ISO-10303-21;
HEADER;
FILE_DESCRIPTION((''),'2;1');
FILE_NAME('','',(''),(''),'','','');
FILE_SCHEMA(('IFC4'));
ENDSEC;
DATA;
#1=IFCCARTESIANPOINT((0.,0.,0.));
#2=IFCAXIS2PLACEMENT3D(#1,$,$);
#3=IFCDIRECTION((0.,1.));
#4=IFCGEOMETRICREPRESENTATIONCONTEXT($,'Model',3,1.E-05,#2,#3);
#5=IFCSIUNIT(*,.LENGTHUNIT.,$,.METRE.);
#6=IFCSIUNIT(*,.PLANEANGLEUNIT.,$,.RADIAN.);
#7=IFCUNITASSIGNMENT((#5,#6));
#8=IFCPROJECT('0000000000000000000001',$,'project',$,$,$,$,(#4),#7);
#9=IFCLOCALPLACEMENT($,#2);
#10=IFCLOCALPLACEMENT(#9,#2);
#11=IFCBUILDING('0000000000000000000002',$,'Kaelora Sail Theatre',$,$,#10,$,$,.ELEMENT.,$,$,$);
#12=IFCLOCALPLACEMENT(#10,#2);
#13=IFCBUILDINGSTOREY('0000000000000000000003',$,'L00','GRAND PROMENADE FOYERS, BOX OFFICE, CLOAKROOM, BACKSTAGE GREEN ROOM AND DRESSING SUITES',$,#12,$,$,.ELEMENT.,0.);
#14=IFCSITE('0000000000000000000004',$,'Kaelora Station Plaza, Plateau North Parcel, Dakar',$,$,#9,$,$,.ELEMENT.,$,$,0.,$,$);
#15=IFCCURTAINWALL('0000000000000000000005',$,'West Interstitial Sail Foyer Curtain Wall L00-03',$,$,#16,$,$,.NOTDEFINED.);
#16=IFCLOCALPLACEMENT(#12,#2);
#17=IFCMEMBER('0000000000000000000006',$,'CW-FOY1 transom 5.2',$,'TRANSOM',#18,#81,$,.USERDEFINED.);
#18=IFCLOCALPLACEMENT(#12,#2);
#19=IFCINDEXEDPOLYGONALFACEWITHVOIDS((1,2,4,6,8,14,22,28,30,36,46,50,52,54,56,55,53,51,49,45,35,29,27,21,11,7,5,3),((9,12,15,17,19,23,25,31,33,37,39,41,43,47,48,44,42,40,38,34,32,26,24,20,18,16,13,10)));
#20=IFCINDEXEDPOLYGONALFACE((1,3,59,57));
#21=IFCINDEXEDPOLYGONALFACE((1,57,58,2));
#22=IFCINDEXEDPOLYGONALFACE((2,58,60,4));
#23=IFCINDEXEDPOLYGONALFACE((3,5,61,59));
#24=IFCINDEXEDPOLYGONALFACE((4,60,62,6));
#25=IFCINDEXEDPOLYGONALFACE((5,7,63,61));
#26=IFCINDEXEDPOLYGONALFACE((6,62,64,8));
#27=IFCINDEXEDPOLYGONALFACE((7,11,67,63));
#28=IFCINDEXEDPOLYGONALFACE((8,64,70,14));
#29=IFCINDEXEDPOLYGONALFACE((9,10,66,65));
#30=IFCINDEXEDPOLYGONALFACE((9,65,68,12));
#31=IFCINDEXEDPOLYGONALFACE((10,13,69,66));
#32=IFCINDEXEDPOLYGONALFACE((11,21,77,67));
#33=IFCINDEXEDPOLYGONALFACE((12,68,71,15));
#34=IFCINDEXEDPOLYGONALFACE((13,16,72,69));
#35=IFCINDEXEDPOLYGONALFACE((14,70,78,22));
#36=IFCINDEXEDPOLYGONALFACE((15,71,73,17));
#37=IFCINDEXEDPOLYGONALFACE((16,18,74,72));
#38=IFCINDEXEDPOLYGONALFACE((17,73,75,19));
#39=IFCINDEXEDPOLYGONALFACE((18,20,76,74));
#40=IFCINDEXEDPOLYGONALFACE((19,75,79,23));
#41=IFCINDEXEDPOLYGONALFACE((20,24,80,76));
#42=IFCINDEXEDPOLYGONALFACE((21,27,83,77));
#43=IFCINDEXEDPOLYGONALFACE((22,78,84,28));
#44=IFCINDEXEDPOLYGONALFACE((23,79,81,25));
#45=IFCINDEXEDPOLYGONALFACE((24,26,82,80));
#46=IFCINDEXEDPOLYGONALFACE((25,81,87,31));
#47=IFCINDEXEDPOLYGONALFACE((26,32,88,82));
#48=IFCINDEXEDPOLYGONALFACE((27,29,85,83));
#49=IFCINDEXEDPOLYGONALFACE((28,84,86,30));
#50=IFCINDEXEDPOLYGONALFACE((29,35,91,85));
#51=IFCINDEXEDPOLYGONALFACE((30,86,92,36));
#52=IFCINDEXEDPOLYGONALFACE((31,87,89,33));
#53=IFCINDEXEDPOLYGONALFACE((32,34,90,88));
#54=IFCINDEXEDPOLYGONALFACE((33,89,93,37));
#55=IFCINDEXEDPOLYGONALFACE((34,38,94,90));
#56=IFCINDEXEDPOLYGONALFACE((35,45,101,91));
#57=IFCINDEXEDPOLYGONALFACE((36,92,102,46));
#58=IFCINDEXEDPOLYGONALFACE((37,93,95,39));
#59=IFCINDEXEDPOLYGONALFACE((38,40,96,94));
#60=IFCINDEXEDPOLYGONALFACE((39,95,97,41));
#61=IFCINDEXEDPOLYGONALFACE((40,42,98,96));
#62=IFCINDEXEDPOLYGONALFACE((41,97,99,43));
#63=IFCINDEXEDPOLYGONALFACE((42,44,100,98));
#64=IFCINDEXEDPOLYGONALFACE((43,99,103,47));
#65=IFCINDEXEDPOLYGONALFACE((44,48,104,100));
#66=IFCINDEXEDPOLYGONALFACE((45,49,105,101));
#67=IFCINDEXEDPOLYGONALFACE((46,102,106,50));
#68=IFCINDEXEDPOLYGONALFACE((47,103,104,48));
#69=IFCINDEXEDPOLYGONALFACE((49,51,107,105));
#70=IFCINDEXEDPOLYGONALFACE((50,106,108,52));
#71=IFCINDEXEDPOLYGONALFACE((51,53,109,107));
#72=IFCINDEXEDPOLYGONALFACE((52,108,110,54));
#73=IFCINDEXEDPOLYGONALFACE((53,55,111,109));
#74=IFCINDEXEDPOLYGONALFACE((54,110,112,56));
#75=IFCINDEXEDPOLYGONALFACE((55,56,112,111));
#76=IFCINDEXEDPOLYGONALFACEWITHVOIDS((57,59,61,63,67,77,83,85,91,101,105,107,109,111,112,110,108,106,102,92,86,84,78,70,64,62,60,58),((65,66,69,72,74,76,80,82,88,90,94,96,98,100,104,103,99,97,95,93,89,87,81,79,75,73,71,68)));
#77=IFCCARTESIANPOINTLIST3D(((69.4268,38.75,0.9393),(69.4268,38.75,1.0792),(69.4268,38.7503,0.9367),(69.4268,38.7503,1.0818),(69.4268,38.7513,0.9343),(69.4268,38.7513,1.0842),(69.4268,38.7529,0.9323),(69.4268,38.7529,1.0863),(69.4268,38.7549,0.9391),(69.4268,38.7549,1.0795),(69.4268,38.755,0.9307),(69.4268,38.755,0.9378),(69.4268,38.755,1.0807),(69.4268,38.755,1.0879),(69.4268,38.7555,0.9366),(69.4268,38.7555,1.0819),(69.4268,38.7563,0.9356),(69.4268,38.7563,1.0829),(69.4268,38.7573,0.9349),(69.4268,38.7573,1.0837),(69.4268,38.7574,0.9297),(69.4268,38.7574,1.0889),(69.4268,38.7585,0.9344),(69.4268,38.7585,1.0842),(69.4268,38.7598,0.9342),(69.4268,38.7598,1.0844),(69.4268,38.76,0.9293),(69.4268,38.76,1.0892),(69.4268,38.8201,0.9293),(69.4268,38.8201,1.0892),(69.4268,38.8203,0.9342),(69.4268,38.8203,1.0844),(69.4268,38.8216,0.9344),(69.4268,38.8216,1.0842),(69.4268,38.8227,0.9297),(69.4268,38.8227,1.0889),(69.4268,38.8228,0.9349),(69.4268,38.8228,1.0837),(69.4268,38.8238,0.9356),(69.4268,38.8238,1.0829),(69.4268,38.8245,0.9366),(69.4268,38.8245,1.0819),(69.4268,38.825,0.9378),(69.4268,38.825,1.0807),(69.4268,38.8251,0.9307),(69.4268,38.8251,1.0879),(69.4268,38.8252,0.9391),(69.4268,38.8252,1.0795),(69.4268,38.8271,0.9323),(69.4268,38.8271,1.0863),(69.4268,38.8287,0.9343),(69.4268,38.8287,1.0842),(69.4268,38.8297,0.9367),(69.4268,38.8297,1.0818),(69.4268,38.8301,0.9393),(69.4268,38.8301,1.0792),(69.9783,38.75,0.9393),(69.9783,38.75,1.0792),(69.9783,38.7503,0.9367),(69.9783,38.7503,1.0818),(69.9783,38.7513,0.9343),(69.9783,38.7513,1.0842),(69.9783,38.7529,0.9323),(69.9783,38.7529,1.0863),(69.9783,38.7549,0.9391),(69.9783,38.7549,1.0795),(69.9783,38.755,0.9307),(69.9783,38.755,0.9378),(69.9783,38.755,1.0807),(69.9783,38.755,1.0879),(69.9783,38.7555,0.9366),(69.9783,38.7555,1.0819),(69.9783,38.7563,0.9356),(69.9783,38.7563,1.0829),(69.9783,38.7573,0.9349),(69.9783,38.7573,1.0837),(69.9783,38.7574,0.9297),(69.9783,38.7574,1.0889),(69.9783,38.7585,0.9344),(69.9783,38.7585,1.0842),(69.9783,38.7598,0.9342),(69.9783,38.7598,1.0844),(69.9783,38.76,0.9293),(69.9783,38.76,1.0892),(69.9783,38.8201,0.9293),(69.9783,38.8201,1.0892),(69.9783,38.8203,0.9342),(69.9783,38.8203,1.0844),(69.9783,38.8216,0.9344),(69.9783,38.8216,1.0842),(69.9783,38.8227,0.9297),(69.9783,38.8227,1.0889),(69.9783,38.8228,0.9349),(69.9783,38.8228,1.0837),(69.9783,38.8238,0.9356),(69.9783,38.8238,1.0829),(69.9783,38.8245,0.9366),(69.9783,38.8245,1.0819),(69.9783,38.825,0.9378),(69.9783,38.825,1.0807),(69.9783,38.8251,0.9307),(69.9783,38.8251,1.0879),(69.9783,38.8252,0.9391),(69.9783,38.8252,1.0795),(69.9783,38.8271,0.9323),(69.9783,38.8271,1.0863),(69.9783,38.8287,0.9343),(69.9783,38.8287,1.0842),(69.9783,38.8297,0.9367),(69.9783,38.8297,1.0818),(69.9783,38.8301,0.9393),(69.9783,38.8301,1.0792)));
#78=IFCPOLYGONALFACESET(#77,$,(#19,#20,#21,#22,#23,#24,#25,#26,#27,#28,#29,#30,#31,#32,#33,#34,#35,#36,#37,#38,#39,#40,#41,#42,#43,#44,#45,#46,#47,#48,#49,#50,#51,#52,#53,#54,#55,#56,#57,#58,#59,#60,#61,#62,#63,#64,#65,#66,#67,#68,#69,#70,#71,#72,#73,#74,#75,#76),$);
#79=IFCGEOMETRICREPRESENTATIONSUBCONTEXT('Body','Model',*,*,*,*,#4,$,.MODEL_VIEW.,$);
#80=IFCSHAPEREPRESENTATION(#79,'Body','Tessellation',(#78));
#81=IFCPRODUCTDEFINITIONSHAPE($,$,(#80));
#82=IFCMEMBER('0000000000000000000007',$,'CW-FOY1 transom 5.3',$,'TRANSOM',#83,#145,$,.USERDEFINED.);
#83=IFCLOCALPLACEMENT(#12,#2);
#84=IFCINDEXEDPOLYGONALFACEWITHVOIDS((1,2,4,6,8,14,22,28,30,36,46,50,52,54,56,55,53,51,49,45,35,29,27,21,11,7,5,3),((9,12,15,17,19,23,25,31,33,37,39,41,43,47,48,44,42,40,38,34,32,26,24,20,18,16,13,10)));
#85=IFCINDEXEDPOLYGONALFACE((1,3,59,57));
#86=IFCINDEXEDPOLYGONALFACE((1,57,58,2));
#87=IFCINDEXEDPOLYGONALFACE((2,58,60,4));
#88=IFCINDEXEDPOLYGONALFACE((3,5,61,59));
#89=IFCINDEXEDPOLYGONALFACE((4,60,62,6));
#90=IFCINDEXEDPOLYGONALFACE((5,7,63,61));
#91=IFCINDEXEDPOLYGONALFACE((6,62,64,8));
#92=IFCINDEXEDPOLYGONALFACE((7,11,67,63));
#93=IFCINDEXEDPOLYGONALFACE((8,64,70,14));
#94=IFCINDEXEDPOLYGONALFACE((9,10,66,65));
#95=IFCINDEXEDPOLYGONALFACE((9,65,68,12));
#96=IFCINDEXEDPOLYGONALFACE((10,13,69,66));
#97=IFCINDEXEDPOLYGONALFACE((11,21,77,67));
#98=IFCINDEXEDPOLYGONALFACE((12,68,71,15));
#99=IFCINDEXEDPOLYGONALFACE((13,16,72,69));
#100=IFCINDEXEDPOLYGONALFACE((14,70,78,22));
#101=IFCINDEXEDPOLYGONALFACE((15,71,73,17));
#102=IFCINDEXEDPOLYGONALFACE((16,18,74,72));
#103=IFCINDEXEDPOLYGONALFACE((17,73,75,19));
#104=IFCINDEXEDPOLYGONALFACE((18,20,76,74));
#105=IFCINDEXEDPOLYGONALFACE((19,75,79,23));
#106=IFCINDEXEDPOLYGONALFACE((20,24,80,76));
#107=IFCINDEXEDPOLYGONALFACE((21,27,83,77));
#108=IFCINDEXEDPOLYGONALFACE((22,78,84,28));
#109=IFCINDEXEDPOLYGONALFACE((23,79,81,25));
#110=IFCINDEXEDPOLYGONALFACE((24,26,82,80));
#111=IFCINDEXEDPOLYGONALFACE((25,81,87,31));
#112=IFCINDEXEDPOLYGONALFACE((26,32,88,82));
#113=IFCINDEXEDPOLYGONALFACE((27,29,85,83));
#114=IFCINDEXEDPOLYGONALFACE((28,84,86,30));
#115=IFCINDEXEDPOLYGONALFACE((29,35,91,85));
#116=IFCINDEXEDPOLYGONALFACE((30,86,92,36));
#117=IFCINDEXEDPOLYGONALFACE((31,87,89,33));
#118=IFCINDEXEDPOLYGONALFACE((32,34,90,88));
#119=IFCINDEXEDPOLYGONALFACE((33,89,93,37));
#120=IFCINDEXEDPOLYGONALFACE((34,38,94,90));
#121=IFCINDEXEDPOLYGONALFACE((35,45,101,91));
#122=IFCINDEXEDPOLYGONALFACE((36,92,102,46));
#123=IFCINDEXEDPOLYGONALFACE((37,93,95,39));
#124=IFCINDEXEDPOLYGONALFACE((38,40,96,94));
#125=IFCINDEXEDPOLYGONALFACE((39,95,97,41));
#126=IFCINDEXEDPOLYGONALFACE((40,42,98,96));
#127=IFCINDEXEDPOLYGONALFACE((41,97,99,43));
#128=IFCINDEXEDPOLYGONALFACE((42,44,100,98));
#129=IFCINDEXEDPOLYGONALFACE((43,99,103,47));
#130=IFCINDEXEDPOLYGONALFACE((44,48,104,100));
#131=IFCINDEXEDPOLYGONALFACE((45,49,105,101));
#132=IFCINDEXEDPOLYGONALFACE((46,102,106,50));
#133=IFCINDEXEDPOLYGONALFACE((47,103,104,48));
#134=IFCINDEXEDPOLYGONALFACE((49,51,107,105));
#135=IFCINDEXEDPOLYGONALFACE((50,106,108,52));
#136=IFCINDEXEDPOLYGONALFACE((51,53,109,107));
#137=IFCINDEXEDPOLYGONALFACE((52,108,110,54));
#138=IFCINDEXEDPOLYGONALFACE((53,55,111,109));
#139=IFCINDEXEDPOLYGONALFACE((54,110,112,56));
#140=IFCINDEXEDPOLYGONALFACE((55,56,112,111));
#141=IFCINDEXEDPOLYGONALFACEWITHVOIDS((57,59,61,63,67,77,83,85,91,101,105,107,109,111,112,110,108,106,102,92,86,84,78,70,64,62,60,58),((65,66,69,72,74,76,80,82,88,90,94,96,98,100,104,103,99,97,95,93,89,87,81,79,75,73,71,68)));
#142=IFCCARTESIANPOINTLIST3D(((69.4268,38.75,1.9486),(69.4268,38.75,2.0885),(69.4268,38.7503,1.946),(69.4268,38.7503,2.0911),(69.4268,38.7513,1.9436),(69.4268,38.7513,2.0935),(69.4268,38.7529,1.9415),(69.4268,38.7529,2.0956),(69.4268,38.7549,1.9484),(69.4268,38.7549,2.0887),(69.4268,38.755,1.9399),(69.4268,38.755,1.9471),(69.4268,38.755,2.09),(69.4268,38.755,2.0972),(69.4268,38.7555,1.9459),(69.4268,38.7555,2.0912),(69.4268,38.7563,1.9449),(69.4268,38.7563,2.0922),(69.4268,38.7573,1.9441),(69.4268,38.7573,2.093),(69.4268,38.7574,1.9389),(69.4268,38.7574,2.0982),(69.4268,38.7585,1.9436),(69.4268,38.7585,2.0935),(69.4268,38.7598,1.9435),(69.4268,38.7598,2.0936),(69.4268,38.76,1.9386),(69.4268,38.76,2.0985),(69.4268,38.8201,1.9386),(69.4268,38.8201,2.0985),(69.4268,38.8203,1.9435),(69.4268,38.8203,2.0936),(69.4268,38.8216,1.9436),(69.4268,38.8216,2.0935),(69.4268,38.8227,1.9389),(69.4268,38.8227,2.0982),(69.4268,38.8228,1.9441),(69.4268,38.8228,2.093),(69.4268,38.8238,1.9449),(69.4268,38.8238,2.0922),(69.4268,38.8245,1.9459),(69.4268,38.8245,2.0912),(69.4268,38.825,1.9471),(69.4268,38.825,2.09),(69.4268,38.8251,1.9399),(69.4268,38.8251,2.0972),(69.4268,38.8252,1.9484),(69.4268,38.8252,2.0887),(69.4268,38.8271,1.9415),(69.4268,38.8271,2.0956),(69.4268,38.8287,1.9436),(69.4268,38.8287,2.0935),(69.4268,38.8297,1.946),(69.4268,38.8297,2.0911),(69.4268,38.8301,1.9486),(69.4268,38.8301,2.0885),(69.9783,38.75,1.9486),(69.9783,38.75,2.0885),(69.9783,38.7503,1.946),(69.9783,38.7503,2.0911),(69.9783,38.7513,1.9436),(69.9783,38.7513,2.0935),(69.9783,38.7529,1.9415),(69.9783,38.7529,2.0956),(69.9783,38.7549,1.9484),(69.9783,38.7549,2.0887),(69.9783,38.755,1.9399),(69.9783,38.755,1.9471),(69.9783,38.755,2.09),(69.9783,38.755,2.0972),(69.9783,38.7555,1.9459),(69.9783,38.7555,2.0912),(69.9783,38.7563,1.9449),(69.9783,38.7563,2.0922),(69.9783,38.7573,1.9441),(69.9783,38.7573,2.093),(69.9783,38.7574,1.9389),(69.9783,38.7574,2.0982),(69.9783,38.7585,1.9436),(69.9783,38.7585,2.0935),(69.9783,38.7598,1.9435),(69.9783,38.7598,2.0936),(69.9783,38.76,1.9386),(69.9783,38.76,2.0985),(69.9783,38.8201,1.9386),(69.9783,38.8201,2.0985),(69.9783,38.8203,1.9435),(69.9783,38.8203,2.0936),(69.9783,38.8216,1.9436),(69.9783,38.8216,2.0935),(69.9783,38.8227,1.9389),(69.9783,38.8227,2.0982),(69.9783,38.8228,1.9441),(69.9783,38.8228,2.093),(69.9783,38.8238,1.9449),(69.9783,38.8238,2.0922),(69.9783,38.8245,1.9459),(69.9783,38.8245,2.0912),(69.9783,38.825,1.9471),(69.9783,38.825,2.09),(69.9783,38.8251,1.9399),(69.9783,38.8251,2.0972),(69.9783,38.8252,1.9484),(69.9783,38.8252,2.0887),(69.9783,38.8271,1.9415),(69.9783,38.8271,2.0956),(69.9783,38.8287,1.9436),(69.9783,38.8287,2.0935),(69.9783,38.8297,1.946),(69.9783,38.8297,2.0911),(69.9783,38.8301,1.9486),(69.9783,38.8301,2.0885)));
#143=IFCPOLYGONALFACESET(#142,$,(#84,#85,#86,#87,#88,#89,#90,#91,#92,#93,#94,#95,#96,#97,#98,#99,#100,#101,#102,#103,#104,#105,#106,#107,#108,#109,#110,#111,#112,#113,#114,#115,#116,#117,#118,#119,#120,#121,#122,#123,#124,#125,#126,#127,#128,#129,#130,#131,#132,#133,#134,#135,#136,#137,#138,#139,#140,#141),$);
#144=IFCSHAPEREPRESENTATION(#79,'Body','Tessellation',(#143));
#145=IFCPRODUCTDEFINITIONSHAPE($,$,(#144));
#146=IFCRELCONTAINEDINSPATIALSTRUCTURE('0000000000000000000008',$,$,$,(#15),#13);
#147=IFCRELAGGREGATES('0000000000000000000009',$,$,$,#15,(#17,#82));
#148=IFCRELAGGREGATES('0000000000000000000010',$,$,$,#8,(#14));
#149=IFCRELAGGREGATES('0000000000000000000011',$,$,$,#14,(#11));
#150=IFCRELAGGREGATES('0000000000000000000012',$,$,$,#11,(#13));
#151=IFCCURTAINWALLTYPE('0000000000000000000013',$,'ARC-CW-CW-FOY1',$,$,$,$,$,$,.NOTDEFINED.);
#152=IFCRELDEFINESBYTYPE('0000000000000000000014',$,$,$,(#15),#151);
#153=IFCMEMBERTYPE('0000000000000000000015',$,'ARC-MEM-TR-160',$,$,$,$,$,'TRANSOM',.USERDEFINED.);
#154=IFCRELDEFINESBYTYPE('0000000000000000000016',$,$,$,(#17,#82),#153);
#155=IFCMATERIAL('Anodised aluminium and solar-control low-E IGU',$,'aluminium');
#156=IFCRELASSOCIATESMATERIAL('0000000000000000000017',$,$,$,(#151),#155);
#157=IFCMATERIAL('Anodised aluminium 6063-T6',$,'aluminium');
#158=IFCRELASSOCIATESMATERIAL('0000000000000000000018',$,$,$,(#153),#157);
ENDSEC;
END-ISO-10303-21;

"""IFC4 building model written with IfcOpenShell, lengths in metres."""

from ifc_helpers import new_model, si_unit, direction, frame, origin, origin_2d, place, context, subcontext, project, spatial, hollow_rectangle, extrude, material, material_profile, profile_set, type_object, element, aggregate, save


model = new_model("IFC4")

# Units and contexts
model_context = context("Model", 3, precision=1e-05, world=origin(), true_north=direction((0.0, 1.0)))
body_context = subcontext(model_context, "Body", "Model", "MODEL_VIEW")
ifc_project = project(units=[si_unit("LENGTHUNIT", "METRE"), si_unit("PLANEANGLEUNIT", "RADIAN")], contexts=[model_context])

# Site, building, storey
site_placement = place(None, origin())
site = spatial("IfcSite", under=ifc_project, at=site_placement, Name="Kaelora Station Plaza, Plateau North Parcel, Dakar", CompositionType="ELEMENT", RefElevation=0.0)
building_placement = place(site_placement, origin())
building = spatial("IfcBuilding", under=site, at=building_placement, Name="Kaelora Sail Theatre", CompositionType="ELEMENT")
storey_placement = place(building_placement, origin())
storey = spatial("IfcBuildingStorey", under=building, at=storey_placement, Name="L00", Description="GRAND PROMENADE FOYERS, BOX OFFICE, CLOAKROOM, BACKSTAGE GREEN ROOM AND DRESSING SUITES", CompositionType="ELEMENT", Elevation=0.0)

# Curtain wall, members
ifc_material_1 = material(Name="Anodised aluminium and solar-control low-E IGU", Category="aluminium")
curtain_wall_type = type_object("IfcCurtainWallType", Name="ARC-CW-CW-FOY1", PredefinedType="NOTDEFINED", material=ifc_material_1)
curtain_wall_placement = place(storey_placement, origin())
curtain_wall = element("IfcCurtainWall", 1, at=curtain_wall_placement, inside=storey, type_object=curtain_wall_type, Name="West Interstitial Sail Foyer Curtain Wall L00-03", PredefinedType="NOTDEFINED")
ifc_material_2 = material(Name="Anodised aluminium 6063-T6", Category="aluminium")
ifc_material_profile_1 = material_profile(ifc_material_2, hollow_rectangle(XDim=0.0801, YDim=0.1599, WallThickness=0.0049, InnerFilletRadius=0.0049, OuterFilletRadius=0.01, at=origin_2d()), Name="ALU-TRAN 80x160x5")
ifc_profile_set_1 = profile_set([ifc_material_profile_1], Name="Anodised aluminium 6063-T6")
member_type_1 = type_object("IfcMemberType", Name="ARC-MEM-TR-160", ElementType="TRANSOM", PredefinedType="USERDEFINED", material=ifc_profile_set_1)
member_1_placement = place(storey_placement, frame((69.4268, 38.79, 1.0093), z_axis=(1.0, 0.0, 0.0), x_axis=(0.0, 1.0, 0.0)))
member_1 = element("IfcMember", 2, at=member_1_placement, type_object=member_type_1, Name="CW-FOY1 transom 5.2", ObjectType="TRANSOM", PredefinedType="USERDEFINED", context=body_context, shape_type="SweptSolid", body=[
    extrude(hollow_rectangle(XDim=0.0801, YDim=0.1599, WallThickness=0.0049, InnerFilletRadius=0.0049, OuterFilletRadius=0.01, at=origin_2d()), origin(), (0.0, 0.0, 1.0), 0.5515),
])
member_2_placement = place(storey_placement, frame((69.4268, 38.79, 2.0186), z_axis=(1.0, 0.0, 0.0), x_axis=(0.0, 1.0, 0.0)))
member_2 = element("IfcMember", 3, at=member_2_placement, type_object=member_type_1, Name="CW-FOY1 transom 5.3", ObjectType="TRANSOM", PredefinedType="USERDEFINED", context=body_context, shape_type="SweptSolid", body=[
    extrude(hollow_rectangle(XDim=0.0801, YDim=0.1599, WallThickness=0.0049, InnerFilletRadius=0.0049, OuterFilletRadius=0.01, at=origin_2d()), origin(), (0.0, 0.0, 1.0), 0.5515),
])

aggregate(curtain_wall, [member_1, member_2])

save(model, "model.ifc")
